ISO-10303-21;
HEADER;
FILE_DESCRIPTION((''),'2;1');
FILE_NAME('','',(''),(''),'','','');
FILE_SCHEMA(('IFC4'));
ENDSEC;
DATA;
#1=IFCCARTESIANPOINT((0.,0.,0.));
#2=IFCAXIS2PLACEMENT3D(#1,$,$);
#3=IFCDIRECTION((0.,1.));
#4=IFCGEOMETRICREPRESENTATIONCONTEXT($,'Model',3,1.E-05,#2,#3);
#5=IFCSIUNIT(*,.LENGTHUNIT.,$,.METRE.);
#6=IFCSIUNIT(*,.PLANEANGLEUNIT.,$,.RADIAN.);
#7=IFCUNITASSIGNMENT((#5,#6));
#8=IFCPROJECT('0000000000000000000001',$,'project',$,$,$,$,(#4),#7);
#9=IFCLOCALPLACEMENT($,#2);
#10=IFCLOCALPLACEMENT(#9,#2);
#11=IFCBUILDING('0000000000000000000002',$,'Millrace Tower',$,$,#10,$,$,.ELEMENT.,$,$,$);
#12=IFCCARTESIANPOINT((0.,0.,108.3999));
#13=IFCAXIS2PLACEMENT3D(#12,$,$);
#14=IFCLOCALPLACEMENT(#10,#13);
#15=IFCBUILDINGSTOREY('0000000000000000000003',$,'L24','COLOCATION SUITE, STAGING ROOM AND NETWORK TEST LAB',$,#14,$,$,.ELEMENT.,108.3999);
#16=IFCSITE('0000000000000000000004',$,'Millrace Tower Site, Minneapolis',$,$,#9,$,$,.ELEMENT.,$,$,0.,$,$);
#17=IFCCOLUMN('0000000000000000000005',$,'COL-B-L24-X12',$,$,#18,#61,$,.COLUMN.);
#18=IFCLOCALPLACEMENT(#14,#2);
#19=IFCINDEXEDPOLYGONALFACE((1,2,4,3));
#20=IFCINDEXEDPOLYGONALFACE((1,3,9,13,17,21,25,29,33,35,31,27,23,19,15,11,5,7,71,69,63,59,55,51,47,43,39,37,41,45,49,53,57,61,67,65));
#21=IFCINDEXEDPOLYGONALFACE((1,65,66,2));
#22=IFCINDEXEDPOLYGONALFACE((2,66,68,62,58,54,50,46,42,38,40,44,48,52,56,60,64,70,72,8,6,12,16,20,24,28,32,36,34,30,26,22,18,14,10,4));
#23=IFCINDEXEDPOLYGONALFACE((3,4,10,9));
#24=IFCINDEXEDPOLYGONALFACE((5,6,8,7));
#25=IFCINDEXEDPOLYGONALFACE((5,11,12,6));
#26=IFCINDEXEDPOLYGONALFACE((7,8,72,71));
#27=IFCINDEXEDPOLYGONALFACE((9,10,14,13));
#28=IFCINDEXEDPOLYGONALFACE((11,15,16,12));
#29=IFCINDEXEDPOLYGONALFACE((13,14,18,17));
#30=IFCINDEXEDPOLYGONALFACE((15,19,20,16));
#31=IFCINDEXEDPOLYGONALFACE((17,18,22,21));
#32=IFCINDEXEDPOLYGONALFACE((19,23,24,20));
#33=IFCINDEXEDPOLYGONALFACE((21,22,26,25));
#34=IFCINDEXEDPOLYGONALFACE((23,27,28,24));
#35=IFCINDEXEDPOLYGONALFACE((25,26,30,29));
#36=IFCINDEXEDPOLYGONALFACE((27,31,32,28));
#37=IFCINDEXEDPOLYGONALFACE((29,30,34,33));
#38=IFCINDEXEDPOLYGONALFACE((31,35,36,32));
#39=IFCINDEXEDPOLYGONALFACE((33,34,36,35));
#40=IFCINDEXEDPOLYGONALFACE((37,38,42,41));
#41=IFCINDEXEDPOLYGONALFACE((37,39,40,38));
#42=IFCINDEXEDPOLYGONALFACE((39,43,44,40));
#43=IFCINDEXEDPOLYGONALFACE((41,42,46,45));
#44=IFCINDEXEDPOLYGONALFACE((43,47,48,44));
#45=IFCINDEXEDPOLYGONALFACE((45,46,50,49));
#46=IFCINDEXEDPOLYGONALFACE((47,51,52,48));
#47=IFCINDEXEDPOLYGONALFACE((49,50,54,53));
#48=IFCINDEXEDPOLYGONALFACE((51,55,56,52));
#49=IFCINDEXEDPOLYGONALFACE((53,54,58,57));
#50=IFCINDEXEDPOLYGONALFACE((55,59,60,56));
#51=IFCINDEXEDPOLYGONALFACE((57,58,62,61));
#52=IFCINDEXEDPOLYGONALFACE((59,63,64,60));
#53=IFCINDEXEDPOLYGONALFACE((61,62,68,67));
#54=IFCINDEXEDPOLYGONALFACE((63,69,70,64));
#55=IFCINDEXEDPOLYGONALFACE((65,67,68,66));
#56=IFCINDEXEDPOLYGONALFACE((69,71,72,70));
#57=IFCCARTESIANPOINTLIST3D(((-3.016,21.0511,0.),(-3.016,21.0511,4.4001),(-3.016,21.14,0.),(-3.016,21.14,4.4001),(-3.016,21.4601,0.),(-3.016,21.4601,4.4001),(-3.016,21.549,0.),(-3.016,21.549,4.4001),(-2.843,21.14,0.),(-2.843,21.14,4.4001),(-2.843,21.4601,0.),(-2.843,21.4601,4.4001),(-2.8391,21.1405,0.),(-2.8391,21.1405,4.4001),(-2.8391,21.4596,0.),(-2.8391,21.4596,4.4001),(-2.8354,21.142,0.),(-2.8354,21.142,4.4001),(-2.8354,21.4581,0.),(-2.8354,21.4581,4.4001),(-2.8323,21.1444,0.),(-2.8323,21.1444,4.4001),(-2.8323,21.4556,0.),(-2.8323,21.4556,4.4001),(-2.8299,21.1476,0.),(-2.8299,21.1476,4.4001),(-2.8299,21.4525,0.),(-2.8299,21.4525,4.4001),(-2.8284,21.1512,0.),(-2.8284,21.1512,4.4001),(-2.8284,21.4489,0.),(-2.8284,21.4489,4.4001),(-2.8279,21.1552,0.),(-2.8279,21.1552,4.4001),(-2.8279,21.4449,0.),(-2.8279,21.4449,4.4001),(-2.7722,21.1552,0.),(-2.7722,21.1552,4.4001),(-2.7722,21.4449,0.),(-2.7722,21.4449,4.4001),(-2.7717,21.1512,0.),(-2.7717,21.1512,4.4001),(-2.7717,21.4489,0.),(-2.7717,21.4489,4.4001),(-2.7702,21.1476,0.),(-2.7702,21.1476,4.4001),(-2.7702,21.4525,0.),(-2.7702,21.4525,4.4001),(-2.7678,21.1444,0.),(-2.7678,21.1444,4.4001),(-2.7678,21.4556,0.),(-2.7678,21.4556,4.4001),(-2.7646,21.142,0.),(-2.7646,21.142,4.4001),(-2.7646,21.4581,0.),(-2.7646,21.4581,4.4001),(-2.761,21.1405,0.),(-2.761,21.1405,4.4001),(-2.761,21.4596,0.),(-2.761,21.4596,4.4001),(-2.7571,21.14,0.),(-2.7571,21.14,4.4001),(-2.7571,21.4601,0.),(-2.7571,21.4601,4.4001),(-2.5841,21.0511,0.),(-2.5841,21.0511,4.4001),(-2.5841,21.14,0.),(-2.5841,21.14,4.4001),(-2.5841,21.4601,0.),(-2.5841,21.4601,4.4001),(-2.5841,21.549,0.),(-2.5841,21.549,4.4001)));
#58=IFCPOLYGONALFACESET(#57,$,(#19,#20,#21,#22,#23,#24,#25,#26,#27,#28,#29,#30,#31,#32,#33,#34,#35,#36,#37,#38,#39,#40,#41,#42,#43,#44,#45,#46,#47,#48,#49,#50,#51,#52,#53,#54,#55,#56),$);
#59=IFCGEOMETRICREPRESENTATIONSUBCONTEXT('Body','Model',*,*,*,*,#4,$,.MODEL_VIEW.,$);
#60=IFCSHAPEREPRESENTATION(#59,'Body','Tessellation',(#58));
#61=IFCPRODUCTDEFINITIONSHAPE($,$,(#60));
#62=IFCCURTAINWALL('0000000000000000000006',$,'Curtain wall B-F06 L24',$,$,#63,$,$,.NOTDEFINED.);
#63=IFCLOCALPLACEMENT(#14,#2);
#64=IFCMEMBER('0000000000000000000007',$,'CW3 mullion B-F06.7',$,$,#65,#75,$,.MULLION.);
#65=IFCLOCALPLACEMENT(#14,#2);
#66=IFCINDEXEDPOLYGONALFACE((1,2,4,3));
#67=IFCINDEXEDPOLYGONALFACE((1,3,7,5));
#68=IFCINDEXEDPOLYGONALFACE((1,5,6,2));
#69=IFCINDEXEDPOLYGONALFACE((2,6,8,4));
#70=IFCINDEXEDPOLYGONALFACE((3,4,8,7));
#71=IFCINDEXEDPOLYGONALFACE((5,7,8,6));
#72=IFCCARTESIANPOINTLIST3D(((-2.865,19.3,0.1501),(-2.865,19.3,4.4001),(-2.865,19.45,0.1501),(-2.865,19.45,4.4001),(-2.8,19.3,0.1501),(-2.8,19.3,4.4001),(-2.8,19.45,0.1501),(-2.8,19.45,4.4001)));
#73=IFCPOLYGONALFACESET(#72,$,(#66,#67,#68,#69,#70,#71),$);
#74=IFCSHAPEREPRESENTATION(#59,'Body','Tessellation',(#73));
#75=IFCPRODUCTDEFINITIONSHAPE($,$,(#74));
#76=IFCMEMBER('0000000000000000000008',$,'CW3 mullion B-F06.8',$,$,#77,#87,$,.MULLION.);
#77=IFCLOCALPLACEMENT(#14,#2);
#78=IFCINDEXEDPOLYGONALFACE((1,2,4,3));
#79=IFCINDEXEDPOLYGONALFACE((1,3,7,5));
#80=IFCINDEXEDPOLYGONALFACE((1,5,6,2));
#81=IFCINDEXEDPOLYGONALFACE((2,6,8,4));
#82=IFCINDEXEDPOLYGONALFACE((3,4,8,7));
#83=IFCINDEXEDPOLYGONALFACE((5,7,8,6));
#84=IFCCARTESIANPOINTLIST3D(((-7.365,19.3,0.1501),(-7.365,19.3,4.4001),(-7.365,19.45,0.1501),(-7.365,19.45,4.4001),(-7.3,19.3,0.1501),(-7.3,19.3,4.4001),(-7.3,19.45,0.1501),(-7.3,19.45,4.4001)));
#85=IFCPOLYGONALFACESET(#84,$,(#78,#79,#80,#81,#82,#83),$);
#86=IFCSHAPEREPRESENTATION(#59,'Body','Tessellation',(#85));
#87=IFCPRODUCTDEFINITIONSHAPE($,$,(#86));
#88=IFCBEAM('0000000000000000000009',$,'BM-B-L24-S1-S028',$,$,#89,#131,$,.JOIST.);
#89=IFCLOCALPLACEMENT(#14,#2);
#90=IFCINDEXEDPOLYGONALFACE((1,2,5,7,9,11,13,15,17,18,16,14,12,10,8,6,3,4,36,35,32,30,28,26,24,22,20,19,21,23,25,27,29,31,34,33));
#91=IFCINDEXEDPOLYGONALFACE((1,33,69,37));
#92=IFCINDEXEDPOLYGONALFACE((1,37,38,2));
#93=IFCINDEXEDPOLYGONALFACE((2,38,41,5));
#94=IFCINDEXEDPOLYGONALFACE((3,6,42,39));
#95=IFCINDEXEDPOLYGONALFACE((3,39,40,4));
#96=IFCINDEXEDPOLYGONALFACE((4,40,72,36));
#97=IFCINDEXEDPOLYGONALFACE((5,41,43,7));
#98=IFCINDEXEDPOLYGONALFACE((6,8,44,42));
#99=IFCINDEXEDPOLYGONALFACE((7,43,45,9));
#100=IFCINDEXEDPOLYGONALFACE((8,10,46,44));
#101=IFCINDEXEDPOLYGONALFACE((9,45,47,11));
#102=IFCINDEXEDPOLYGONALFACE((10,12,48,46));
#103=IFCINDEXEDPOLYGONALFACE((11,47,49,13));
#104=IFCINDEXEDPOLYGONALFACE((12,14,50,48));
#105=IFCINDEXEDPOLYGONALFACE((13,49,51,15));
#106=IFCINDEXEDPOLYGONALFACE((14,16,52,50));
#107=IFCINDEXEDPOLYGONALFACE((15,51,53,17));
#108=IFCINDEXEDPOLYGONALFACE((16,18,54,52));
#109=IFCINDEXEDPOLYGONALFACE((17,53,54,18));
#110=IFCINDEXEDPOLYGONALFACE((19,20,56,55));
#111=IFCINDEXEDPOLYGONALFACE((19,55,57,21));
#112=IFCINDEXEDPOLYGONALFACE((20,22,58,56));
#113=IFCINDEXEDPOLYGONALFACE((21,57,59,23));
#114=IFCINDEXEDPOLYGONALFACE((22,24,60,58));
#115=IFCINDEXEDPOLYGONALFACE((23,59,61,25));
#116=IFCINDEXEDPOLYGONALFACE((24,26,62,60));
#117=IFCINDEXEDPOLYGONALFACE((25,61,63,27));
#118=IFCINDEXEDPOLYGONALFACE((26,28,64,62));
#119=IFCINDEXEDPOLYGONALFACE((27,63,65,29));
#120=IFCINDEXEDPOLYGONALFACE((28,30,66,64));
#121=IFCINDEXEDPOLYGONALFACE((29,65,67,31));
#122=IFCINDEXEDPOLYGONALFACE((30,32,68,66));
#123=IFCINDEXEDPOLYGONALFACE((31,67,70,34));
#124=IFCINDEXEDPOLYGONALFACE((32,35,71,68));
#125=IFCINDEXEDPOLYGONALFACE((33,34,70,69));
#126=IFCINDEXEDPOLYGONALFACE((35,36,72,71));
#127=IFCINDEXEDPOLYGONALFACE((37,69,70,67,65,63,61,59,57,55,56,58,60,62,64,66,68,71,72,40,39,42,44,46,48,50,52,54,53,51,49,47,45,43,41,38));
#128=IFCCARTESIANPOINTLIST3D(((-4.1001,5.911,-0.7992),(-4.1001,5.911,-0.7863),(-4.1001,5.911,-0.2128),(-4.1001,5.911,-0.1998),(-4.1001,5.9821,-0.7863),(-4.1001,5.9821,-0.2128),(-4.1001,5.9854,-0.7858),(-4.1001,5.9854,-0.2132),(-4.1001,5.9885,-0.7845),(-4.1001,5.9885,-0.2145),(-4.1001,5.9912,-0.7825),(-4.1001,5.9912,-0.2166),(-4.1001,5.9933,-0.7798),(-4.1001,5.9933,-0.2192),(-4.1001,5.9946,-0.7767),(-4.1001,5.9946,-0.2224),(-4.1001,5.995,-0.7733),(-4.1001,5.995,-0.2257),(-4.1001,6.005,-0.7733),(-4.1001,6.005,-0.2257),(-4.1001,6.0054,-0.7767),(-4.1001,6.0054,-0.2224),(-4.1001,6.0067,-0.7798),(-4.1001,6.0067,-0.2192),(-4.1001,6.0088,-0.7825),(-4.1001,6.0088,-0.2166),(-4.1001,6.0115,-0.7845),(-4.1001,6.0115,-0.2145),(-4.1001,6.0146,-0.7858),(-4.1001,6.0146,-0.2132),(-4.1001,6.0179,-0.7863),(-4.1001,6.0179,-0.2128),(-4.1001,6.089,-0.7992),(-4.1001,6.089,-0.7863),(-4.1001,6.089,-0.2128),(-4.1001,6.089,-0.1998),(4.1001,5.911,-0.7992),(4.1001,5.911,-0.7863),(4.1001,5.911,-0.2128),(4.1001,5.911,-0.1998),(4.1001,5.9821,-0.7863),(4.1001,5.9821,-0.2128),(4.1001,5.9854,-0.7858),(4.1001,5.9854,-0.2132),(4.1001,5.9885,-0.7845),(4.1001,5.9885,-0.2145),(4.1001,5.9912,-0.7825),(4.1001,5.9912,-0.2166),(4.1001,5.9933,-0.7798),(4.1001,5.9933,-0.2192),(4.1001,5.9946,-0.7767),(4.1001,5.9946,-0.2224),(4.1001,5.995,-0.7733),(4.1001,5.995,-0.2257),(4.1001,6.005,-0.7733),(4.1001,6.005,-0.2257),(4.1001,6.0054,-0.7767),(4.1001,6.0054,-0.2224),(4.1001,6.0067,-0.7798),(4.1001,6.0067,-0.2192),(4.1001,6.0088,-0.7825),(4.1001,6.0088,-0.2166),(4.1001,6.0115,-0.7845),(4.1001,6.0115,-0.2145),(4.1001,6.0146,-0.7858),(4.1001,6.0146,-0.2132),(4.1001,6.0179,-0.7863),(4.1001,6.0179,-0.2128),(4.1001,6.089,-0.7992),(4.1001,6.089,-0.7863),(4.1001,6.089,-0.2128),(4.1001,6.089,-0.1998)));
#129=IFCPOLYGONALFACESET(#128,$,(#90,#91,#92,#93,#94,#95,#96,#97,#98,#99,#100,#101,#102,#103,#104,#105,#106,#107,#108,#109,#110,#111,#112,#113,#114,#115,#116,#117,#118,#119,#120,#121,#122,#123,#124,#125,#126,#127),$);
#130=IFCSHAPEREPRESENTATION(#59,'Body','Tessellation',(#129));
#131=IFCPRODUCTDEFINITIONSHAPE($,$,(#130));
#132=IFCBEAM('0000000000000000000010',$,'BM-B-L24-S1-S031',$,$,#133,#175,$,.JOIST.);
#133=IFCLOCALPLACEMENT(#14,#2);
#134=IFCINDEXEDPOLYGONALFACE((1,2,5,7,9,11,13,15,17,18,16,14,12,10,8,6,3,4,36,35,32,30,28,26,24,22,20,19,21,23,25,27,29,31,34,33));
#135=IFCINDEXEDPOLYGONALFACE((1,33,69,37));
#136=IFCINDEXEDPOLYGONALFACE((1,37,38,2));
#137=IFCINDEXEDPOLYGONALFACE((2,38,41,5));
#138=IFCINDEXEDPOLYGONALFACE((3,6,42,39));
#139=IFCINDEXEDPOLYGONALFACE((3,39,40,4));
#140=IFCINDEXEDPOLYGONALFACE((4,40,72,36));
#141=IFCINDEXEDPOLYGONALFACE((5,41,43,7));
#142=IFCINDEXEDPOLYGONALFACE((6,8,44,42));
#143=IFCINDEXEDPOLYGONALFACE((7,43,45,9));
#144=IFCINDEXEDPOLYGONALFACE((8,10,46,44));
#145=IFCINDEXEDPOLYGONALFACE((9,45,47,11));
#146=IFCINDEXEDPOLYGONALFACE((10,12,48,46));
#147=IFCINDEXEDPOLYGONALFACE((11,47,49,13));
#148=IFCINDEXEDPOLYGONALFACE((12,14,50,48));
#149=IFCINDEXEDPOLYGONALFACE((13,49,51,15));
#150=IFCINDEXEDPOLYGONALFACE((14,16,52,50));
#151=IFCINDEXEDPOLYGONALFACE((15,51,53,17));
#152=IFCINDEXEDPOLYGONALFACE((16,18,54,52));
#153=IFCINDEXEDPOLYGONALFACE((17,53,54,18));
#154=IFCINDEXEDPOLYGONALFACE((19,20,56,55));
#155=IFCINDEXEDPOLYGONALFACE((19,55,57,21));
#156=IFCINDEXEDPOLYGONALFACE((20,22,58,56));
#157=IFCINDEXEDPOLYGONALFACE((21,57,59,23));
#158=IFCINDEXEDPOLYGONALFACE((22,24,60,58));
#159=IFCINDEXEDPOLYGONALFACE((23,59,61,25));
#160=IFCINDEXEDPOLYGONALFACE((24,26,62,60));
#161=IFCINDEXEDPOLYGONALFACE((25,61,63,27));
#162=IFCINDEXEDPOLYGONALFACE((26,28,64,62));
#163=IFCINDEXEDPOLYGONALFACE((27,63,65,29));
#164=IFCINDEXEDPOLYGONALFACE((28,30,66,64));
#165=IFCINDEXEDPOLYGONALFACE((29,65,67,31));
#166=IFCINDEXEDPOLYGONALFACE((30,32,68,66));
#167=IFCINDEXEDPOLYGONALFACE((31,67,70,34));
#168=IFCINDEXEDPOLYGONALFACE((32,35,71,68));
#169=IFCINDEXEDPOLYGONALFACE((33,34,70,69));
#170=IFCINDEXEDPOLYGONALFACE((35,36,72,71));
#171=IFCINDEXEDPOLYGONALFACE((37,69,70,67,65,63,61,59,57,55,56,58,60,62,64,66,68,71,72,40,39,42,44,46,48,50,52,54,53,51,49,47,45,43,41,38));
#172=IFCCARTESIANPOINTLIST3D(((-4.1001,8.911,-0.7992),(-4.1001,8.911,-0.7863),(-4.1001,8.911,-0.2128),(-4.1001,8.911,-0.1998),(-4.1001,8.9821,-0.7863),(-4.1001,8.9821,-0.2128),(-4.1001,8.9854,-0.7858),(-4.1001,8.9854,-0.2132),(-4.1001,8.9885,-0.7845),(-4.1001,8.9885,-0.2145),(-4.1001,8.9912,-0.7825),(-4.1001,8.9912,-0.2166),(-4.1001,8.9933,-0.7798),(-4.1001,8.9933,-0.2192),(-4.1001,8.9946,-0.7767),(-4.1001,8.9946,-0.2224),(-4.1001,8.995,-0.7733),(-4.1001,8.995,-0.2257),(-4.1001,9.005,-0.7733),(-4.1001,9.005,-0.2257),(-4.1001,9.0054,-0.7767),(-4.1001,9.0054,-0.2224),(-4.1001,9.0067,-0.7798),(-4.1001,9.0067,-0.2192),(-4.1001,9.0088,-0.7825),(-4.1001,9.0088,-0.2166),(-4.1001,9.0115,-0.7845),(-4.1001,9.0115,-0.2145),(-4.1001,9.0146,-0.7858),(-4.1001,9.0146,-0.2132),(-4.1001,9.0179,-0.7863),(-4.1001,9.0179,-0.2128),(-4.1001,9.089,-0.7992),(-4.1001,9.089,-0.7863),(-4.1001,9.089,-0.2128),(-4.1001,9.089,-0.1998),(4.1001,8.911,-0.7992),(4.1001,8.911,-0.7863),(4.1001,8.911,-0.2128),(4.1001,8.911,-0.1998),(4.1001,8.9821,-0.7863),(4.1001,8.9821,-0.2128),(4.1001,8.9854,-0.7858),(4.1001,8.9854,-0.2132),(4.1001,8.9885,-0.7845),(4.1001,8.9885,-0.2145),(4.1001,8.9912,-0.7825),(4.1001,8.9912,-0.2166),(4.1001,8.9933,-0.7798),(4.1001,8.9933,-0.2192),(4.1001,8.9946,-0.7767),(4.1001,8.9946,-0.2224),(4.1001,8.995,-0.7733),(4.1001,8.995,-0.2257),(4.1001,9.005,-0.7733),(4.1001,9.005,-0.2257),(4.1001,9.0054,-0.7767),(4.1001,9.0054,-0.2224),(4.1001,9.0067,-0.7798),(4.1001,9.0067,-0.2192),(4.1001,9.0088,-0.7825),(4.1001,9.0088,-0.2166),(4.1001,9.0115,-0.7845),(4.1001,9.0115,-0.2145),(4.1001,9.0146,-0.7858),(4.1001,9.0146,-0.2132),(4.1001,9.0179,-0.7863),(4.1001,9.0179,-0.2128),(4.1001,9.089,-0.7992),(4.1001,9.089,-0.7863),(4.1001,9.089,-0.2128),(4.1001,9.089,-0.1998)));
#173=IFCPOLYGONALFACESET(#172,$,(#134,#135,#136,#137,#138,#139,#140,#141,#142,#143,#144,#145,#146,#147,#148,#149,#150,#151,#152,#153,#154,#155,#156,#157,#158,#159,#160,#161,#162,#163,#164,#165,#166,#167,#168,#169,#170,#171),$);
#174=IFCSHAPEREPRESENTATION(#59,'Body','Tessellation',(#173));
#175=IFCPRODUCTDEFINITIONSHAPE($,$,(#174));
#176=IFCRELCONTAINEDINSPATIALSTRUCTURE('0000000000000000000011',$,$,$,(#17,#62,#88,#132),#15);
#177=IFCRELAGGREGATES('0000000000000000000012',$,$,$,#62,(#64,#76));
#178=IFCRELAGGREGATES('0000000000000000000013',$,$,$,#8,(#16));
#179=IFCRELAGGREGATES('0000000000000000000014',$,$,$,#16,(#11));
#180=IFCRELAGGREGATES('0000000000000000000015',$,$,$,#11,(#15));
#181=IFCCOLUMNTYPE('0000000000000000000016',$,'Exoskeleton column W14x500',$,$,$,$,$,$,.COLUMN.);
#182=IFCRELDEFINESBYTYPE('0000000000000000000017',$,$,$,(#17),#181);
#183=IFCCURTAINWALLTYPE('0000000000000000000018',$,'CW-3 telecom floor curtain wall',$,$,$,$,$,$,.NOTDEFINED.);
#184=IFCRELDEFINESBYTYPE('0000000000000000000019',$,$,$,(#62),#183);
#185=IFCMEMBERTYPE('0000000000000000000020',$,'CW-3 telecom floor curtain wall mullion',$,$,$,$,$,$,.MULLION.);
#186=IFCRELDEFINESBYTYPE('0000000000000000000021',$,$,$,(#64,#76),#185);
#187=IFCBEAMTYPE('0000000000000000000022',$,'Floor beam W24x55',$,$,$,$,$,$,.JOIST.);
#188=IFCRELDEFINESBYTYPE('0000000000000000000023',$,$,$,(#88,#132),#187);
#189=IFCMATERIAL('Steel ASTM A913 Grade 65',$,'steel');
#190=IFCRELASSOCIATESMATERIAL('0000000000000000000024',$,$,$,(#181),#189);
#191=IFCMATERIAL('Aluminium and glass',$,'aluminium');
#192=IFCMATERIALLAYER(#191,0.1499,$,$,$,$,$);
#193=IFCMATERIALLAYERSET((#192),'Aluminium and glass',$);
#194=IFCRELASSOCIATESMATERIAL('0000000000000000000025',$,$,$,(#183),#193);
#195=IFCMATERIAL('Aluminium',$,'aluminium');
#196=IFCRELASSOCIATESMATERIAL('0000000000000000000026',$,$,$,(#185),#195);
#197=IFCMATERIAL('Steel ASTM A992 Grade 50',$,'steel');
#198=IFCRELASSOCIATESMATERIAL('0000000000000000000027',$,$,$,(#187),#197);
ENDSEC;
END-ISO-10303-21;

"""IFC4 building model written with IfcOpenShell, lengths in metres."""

from ifc_helpers import new_model, si_unit, direction, frame, origin, origin_2d, place, context, subcontext, project, spatial, rectangle, i_section, extrude, material, layer, layer_set, material_profile, profile_set, type_object, element, aggregate, save


model = new_model("IFC4")

# Units and contexts
model_context = context("Model", 3, precision=1e-05, world=origin(), true_north=direction((0.0, 1.0)))
body_context = subcontext(model_context, "Body", "Model", "MODEL_VIEW")
ifc_project = project(units=[si_unit("LENGTHUNIT", "METRE"), si_unit("PLANEANGLEUNIT", "RADIAN")], contexts=[model_context])

# Site, building, storey
site_placement = place(None, origin())
site = spatial("IfcSite", under=ifc_project, at=site_placement, Name="Millrace Tower Site, Minneapolis", CompositionType="ELEMENT", RefElevation=0.0)
building_placement = place(site_placement, origin())
building = spatial("IfcBuilding", under=site, at=building_placement, Name="Millrace Tower", CompositionType="ELEMENT")
storey_placement = place(building_placement, frame((0.0, 0.0, 108.3999)))
storey = spatial("IfcBuildingStorey", under=building, at=storey_placement, Name="L24", Description="COLOCATION SUITE, STAGING ROOM AND NETWORK TEST LAB", CompositionType="ELEMENT", Elevation=108.3999)

# Column
ifc_material_1 = material(Name="Steel ASTM A913 Grade 65", Category="steel")
ifc_material_profile_1 = material_profile(ifc_material_1, i_section(OverallWidth=0.4319, OverallDepth=0.4978, WebThickness=0.0557, FlangeThickness=0.0889, FilletRadius=0.0151, at=origin_2d()))
ifc_profile_set_1 = profile_set([ifc_material_profile_1], Name="Steel ASTM A913 Grade 65")
column_type = type_object("IfcColumnType", Name="Exoskeleton column W14x500", PredefinedType="COLUMN", material=ifc_profile_set_1)
column_placement = place(storey_placement, frame((-2.8, 21.3, 0.0), z_axis=(0.0, 0.0, 1.0), x_axis=(-1.0, 0.0, 0.0)))
element("IfcColumn", 1, at=column_placement, inside=storey, type_object=column_type, Name="COL-B-L24-X12", PredefinedType="COLUMN", context=body_context, shape_type="SweptSolid", body=[
    extrude(i_section(OverallWidth=0.4319, OverallDepth=0.4978, WebThickness=0.0557, FlangeThickness=0.0889, FilletRadius=0.0151, at=origin_2d()), origin(), (0.0, 0.0, 1.0), 4.4001),
])

# Curtain wall, members
ifc_material_2 = material(Name="Aluminium and glass", Category="aluminium")
ifc_layer_1 = layer(ifc_material_2, 0.1499)
ifc_layer_set_1 = layer_set([ifc_layer_1], Name="Aluminium and glass")
curtain_wall_type = type_object("IfcCurtainWallType", Name="CW-3 telecom floor curtain wall", PredefinedType="NOTDEFINED", material=ifc_layer_set_1)
placement = place(storey_placement, origin())
curtain_wall = element("IfcCurtainWall", 2, at=placement, inside=storey, type_object=curtain_wall_type, Name="Curtain wall B-F06 L24", PredefinedType="NOTDEFINED")
ifc_material_3 = material(Name="Aluminium", Category="aluminium")
ifc_material_profile_2 = material_profile(ifc_material_3, rectangle(XDim=0.0649, YDim=0.1499, at=origin_2d()))
ifc_profile_set_2 = profile_set([ifc_material_profile_2], Name="Aluminium")
member_type = type_object("IfcMemberType", Name="CW-3 telecom floor curtain wall mullion", PredefinedType="MULLION", material=ifc_profile_set_2)
member_1_placement = place(storey_placement, frame((-2.8325, 19.375, 0.1501), z_axis=(0.0, 0.0, 1.0), x_axis=(-1.0, 0.0, 0.0)))
member_1 = element("IfcMember", 3, at=member_1_placement, type_object=member_type, Name="CW3 mullion B-F06.7", PredefinedType="MULLION", context=body_context, shape_type="SweptSolid", body=[
    extrude(rectangle(XDim=0.0649, YDim=0.1499, at=origin_2d()), origin(), (0.0, 0.0, 1.0), 4.25),
])
member_2_placement = place(storey_placement, frame((-7.3325, 19.375, 0.1501), z_axis=(0.0, 0.0, 1.0), x_axis=(-1.0, 0.0, 0.0)))
member_2 = element("IfcMember", 4, at=member_2_placement, type_object=member_type, Name="CW3 mullion B-F06.8", PredefinedType="MULLION", context=body_context, shape_type="SweptSolid", body=[
    extrude(rectangle(XDim=0.0649, YDim=0.1499, at=origin_2d()), origin(), (0.0, 0.0, 1.0), 4.25),
])
aggregate(curtain_wall, [member_1, member_2])

# Beams
ifc_material_4 = material(Name="Steel ASTM A992 Grade 50", Category="steel")
ifc_material_profile_3 = material_profile(ifc_material_4, i_section(OverallWidth=0.178, OverallDepth=0.5994, WebThickness=0.01, FlangeThickness=0.0129, FilletRadius=0.0129, at=origin_2d()))
ifc_profile_set_3 = profile_set([ifc_material_profile_3], Name="Steel ASTM A992 Grade 50")
beam_type_1 = type_object("IfcBeamType", Name="Floor beam W24x55", PredefinedType="JOIST", material=ifc_profile_set_3)
for number, where, z_axis, x_axis, name in (
    (5, (-4.1001, 6.0, -0.4995), (1.0, 0.0, 0.0), (0.0, 1.0, 0.0), "BM-B-L24-S1-S028"),
    (6, (-4.1001, 9.0, -0.4995), (1.0, 0.0, 0.0), (0.0, 1.0, 0.0), "BM-B-L24-S1-S031"),
):
    element("IfcBeam", number, at=place(storey_placement, frame(where, z_axis=z_axis, x_axis=x_axis)), inside=storey, type_object=beam_type_1, Name=name, PredefinedType="JOIST", context=body_context, shape_type="SweptSolid", body=[
        extrude(i_section(OverallWidth=0.178, OverallDepth=0.5994, WebThickness=0.01, FlangeThickness=0.0129, FilletRadius=0.0129, at=origin_2d()), origin(), (0.0, 0.0, 1.0), 8.2002),
    ])

save(model, "model.ifc")
